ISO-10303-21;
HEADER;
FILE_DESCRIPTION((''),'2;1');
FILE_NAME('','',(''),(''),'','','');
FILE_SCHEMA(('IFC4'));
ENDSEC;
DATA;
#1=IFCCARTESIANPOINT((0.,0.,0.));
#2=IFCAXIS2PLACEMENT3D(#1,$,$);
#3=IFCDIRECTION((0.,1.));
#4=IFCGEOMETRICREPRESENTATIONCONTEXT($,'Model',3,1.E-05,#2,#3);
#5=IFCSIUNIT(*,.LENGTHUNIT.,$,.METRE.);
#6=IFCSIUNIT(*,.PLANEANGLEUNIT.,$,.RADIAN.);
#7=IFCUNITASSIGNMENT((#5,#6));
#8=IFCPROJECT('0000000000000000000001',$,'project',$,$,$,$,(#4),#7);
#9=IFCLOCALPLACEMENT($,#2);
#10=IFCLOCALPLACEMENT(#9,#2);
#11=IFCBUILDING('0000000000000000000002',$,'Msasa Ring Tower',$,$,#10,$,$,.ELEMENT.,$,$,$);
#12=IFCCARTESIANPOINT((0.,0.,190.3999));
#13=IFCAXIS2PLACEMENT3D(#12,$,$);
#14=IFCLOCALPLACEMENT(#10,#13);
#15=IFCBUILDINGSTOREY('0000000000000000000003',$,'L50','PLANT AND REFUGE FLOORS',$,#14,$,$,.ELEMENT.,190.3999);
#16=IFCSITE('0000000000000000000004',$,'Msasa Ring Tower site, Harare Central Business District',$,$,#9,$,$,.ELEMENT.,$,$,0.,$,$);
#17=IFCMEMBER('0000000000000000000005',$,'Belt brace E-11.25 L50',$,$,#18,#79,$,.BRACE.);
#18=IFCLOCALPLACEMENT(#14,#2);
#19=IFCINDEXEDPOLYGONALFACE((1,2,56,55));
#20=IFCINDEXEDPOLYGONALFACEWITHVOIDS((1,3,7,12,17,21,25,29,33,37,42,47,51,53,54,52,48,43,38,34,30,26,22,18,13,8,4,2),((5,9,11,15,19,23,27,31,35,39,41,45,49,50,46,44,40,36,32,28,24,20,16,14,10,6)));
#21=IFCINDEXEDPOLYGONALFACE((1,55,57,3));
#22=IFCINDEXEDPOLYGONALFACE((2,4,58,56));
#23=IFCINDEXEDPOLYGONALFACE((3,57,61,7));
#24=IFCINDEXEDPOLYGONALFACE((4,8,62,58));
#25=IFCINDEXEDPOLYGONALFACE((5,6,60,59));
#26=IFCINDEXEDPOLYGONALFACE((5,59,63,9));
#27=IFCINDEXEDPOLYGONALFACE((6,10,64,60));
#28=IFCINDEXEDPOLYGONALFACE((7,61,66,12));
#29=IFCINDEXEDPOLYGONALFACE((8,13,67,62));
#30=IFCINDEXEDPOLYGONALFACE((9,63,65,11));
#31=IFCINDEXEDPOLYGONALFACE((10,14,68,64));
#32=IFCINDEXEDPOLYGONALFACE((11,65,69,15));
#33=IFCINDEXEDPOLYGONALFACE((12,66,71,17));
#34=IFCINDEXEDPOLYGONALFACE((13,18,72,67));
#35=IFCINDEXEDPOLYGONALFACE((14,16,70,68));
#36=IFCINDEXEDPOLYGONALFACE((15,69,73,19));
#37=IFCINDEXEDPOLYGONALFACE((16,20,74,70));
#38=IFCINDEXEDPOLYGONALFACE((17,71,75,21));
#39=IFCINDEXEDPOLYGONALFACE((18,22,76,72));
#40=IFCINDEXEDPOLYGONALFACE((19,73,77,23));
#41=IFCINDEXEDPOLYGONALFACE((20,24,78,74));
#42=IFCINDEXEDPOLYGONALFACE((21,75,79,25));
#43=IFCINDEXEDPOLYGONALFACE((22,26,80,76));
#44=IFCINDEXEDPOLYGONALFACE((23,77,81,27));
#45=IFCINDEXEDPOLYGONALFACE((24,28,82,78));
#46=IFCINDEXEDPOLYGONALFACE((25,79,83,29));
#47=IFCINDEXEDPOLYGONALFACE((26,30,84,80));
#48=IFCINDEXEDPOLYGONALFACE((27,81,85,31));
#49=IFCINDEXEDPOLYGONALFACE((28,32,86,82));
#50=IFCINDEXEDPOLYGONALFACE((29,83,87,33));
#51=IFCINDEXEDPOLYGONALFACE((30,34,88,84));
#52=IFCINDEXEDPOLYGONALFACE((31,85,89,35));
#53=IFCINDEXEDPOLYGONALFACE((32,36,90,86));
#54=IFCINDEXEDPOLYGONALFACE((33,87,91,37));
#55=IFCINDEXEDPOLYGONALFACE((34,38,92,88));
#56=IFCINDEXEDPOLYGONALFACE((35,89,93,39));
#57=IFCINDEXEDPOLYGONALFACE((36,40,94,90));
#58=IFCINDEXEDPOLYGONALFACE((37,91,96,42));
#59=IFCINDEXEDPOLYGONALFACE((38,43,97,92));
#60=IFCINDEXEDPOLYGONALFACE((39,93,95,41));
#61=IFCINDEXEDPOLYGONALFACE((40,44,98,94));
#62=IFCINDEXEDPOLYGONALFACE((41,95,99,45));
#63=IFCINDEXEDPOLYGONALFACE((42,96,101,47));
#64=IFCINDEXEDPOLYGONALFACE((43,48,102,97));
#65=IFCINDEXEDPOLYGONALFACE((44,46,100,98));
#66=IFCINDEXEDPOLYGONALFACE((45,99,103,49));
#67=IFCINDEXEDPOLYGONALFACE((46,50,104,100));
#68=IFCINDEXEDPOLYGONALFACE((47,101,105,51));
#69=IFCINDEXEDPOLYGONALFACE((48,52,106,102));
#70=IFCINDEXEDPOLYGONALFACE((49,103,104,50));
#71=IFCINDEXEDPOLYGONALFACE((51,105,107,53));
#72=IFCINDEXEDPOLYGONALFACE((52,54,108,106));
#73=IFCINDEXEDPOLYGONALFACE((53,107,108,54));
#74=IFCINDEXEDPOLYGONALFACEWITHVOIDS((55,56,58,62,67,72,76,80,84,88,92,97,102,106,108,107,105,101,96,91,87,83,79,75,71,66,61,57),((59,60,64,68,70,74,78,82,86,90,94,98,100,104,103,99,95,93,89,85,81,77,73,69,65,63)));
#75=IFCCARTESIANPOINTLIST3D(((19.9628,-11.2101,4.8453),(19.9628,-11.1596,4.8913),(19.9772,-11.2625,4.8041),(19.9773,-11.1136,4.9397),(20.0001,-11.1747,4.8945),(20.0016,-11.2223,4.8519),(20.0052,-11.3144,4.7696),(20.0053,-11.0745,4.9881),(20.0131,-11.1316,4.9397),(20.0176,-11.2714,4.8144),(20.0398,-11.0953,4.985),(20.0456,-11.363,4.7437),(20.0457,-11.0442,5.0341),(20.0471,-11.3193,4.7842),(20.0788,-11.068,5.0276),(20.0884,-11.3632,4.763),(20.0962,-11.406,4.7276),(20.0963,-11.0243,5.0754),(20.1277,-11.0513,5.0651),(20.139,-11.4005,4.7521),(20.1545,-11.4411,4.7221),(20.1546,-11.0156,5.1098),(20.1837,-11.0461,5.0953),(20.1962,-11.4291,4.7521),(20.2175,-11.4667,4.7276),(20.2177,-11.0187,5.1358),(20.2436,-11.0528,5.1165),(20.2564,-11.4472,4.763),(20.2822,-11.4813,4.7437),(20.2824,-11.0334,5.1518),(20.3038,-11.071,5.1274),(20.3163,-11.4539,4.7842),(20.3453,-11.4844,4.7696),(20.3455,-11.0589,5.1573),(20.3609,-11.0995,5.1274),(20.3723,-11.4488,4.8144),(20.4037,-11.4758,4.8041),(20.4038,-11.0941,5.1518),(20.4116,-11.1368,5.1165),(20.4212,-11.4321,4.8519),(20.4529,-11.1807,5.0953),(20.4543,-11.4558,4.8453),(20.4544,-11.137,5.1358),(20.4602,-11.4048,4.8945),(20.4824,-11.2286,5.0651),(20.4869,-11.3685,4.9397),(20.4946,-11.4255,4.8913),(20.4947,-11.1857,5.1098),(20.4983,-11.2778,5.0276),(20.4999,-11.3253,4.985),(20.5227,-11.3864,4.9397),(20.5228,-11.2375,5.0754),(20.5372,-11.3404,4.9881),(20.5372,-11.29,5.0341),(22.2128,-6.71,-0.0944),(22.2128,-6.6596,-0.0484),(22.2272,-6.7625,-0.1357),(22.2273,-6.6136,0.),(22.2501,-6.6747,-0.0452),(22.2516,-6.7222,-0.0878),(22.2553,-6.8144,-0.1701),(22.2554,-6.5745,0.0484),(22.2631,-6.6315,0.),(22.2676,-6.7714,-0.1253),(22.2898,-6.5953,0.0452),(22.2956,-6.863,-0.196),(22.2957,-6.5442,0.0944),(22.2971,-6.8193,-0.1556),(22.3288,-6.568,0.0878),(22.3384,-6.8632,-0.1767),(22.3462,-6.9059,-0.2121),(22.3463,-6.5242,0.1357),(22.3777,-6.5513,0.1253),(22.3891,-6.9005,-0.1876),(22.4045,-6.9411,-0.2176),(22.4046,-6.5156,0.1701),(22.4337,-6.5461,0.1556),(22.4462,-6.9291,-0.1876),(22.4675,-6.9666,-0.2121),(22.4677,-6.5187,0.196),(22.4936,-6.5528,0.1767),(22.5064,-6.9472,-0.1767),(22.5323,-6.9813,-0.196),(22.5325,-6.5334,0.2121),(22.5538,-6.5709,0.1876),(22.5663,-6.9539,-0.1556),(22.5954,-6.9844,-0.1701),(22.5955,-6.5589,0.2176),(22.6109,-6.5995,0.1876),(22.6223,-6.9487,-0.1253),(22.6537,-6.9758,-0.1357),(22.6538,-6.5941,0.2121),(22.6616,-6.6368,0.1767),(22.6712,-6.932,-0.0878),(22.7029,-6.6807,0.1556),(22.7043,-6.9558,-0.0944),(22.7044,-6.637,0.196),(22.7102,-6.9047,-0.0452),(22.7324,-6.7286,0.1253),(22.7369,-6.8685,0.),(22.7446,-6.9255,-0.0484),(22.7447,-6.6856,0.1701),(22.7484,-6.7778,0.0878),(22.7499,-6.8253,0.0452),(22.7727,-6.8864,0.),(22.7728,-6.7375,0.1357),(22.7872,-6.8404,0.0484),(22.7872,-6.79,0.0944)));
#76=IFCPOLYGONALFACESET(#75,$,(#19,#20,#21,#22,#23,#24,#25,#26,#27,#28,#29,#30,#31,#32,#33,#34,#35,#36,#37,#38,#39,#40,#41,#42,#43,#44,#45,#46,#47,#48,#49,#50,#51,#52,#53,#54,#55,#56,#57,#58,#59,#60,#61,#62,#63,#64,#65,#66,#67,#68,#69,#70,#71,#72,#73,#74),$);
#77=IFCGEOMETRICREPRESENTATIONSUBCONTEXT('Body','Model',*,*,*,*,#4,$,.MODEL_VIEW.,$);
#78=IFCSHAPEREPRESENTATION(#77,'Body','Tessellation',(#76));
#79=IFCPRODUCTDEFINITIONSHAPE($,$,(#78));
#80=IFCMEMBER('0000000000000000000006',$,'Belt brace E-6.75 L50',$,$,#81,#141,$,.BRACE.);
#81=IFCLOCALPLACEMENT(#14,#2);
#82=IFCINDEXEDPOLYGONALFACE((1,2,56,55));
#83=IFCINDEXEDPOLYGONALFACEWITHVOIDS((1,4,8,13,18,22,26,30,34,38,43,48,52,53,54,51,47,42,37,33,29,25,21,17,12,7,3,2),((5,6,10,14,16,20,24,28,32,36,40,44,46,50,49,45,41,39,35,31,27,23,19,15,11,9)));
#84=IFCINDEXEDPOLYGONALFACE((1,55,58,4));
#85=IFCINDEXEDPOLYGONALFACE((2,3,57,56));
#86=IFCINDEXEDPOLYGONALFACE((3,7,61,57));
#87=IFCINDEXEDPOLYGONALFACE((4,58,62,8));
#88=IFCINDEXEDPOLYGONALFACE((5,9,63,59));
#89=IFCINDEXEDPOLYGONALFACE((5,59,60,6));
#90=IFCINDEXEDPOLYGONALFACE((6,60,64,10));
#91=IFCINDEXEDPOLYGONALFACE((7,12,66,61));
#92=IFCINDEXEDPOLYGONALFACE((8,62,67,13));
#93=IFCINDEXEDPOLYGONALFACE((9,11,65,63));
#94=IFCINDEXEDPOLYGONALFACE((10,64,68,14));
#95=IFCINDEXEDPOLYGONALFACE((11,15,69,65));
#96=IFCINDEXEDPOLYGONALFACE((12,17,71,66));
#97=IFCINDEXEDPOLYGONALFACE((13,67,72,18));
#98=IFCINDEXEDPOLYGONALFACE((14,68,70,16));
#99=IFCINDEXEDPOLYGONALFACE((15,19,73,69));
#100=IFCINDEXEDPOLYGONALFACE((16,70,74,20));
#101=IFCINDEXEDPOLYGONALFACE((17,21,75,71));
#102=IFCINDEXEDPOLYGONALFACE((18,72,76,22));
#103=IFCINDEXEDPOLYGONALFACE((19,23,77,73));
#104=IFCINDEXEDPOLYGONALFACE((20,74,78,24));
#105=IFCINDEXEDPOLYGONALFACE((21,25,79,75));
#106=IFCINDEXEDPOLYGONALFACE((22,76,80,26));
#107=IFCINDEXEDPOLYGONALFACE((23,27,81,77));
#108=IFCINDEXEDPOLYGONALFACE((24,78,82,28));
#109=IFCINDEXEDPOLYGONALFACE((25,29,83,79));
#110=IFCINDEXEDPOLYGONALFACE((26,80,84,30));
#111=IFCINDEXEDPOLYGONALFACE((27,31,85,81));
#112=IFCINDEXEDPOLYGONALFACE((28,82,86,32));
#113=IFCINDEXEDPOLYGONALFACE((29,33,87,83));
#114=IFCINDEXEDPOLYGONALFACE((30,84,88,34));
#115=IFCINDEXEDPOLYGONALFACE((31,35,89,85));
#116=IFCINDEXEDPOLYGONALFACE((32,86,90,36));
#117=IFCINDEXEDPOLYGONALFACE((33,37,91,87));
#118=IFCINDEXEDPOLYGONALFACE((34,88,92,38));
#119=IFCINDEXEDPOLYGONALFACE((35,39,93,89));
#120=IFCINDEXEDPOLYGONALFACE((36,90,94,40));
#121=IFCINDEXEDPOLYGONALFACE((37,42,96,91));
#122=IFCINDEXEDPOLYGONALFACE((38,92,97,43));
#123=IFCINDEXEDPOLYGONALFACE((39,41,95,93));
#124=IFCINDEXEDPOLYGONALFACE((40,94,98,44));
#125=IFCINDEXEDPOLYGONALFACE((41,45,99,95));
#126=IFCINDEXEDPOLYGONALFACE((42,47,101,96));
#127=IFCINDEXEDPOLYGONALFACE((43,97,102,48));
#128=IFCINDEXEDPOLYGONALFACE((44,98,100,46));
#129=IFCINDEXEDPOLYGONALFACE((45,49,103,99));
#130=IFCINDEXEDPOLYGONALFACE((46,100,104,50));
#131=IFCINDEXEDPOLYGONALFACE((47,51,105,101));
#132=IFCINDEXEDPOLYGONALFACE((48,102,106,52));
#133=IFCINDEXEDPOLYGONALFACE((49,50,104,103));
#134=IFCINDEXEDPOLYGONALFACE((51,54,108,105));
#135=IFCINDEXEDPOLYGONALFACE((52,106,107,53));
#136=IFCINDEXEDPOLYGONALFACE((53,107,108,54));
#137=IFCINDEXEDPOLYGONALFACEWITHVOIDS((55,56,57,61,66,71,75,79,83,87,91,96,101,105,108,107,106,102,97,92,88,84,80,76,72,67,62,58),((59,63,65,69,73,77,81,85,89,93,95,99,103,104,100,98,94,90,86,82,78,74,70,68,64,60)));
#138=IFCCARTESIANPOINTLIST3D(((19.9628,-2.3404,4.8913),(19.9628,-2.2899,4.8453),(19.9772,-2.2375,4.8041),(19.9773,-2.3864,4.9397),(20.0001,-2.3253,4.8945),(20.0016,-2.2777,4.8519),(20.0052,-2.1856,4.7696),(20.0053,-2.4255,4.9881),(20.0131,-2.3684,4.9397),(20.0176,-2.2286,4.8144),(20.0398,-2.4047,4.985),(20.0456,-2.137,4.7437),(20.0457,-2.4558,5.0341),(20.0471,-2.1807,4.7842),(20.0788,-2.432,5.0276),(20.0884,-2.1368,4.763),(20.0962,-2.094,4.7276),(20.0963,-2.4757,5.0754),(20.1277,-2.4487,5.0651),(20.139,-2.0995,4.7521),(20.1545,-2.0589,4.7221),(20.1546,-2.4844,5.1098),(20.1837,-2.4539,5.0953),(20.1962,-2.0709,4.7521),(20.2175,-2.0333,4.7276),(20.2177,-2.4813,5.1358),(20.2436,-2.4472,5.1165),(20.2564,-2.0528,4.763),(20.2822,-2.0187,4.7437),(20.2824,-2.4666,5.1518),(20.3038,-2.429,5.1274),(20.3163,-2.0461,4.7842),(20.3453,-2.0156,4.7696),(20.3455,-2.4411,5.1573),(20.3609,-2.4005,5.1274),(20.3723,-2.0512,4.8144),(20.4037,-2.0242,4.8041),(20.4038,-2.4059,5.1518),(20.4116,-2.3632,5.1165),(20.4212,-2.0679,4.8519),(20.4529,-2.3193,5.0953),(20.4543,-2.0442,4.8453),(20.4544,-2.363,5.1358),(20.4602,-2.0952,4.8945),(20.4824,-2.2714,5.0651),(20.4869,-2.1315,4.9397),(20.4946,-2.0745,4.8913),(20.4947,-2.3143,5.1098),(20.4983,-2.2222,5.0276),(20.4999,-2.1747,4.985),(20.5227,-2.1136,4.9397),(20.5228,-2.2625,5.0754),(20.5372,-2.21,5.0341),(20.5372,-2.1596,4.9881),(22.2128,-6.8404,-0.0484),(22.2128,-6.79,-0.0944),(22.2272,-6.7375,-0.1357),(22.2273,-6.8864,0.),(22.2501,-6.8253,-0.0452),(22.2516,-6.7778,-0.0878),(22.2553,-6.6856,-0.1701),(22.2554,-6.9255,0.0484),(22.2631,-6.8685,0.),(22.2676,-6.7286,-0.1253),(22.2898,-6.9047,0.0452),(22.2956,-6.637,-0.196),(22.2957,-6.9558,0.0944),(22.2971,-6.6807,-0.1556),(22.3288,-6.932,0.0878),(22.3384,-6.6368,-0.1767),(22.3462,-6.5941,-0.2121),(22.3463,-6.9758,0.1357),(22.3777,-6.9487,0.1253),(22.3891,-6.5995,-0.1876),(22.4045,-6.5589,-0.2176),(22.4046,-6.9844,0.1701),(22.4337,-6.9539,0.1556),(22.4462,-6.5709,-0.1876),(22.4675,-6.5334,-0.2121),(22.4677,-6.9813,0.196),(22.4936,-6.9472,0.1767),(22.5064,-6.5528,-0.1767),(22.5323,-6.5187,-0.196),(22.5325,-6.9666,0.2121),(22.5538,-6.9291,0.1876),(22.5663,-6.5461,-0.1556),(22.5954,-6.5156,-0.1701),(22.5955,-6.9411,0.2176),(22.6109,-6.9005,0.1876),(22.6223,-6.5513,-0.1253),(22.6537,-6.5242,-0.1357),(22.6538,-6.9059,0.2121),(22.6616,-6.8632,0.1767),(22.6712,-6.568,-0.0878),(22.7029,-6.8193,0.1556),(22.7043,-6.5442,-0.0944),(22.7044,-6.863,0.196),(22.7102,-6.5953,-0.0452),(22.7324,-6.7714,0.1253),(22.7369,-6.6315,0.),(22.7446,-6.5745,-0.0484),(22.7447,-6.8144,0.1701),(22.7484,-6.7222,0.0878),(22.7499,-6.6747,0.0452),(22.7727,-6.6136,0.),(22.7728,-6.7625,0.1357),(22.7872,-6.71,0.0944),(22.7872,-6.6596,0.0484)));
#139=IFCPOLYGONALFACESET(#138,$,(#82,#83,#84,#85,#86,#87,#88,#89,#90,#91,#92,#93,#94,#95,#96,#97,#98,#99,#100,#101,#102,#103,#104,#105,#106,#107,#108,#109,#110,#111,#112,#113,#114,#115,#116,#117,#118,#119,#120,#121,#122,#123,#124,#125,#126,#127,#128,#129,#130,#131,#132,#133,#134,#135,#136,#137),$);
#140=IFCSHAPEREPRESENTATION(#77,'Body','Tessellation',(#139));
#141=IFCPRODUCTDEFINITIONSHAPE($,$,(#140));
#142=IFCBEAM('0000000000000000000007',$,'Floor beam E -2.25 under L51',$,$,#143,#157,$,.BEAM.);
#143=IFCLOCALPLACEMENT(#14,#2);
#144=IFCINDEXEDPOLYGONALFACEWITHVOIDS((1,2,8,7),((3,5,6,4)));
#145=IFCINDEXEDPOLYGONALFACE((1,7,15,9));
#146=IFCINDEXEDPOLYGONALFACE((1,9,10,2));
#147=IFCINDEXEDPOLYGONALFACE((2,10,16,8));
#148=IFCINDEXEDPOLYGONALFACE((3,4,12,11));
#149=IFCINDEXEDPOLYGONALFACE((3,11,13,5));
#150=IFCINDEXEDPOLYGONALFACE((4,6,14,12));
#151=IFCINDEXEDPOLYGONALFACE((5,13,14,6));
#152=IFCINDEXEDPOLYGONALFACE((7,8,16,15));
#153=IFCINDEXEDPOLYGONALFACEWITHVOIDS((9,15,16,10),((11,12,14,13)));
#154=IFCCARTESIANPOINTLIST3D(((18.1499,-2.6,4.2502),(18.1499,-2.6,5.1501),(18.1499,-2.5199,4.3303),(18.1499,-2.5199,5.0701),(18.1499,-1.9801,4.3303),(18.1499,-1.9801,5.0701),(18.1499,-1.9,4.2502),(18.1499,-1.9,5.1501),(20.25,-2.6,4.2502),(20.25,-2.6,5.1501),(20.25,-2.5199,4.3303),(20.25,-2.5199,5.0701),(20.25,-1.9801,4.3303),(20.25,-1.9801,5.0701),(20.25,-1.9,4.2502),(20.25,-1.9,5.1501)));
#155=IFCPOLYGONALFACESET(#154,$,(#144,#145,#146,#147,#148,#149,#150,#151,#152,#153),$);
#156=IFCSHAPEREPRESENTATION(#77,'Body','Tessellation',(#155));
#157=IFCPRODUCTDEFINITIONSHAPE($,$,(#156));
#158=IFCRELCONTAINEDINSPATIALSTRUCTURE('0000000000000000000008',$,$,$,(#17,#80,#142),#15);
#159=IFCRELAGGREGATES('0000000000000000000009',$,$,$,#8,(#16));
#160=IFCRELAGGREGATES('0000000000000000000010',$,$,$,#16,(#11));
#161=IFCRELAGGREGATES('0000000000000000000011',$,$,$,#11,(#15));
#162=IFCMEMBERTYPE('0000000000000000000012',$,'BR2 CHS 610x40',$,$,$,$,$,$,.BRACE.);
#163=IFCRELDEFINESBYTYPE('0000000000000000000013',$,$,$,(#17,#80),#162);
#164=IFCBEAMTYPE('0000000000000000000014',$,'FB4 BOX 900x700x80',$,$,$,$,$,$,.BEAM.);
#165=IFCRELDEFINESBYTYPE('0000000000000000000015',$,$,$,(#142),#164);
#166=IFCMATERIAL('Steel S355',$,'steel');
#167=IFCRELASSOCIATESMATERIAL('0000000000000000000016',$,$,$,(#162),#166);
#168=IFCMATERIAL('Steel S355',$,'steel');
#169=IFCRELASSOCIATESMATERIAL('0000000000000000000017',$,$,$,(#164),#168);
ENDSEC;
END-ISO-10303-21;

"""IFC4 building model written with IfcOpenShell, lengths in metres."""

from ifc_helpers import new_model, si_unit, direction, frame, origin, origin_2d, place, context, subcontext, project, spatial, hollow_rectangle, hollow_circle, extrude, material, material_profile, profile_set, type_object, element, save


model = new_model("IFC4")

# Units and contexts
model_context = context("Model", 3, precision=1e-05, world=origin(), true_north=direction((0.0, 1.0)))
body_context = subcontext(model_context, "Body", "Model", "MODEL_VIEW")
ifc_project = project(units=[si_unit("LENGTHUNIT", "METRE"), si_unit("PLANEANGLEUNIT", "RADIAN")], contexts=[model_context])

# Site, building, storey
site_placement = place(None, origin())
site = spatial("IfcSite", under=ifc_project, at=site_placement, Name="Msasa Ring Tower site, Harare Central Business District", CompositionType="ELEMENT", RefElevation=0.0)
building_placement = place(site_placement, origin())
building = spatial("IfcBuilding", under=site, at=building_placement, Name="Msasa Ring Tower", CompositionType="ELEMENT")
storey_placement = place(building_placement, frame((0.0, 0.0, 190.3999)))
storey = spatial("IfcBuildingStorey", under=building, at=storey_placement, Name="L50", Description="PLANT AND REFUGE FLOORS", CompositionType="ELEMENT", Elevation=190.3999)

# Members
ifc_material_1 = material(Name="Steel S355", Category="steel")
ifc_material_profile_1 = material_profile(ifc_material_1, hollow_circle(Radius=0.3049, WallThickness=0.04, at=origin_2d()), Name="CHS 610x40")
ifc_profile_set_1 = profile_set([ifc_material_profile_1], Name="Steel S355")
member_type = type_object("IfcMemberType", Name="BR2 CHS 610x40", PredefinedType="BRACE", material=ifc_profile_set_1)
for number, where, z_axis, x_axis, name in (
    (1, (22.5, -6.75, 0.0), (-0.319115, -0.63823, 0.700592), (0.894427, -0.447214, 0.0), "Belt brace E-11.25 L50"),
    (2, (22.5, -6.75, 0.0), (-0.319115, 0.63823, 0.700592), (-0.894427, -0.447214, 0.0), "Belt brace E-6.75 L50"),
):
    element("IfcMember", number, at=place(storey_placement, frame(where, z_axis=z_axis, x_axis=x_axis)), inside=storey, type_object=member_type, Name=name, PredefinedType="BRACE", context=body_context, shape_type="SweptSolid", body=[
        extrude(hollow_circle(Radius=0.3049, WallThickness=0.04, at=origin_2d()), origin(), (0.0, 0.0, 1.0), 7.0508),
    ])

# Beam
ifc_material_2 = material(Name="Steel S355", Category="steel")
ifc_material_profile_2 = material_profile(ifc_material_2, hollow_rectangle(XDim=0.7, YDim=0.8999, WallThickness=0.0801, at=origin_2d()), Name="BOX 900x700x80")
ifc_profile_set_2 = profile_set([ifc_material_profile_2], Name="Steel S355")
beam_type_1 = type_object("IfcBeamType", Name="FB4 BOX 900x700x80", PredefinedType="BEAM", material=ifc_profile_set_2)
beam_placement = place(storey_placement, frame((20.25, -2.25, 4.7002), z_axis=(-1.0, 0.0, 0.0), x_axis=(0.0, -1.0, 0.0)))
element("IfcBeam", 3, at=beam_placement, inside=storey, type_object=beam_type_1, Name="Floor beam E -2.25 under L51", PredefinedType="BEAM", context=body_context, shape_type="SweptSolid", body=[
    extrude(hollow_rectangle(XDim=0.7, YDim=0.8999, WallThickness=0.0801, at=origin_2d()), origin(), (0.0, 0.0, 1.0), 2.1001),
])

save(model, "model.ifc")
